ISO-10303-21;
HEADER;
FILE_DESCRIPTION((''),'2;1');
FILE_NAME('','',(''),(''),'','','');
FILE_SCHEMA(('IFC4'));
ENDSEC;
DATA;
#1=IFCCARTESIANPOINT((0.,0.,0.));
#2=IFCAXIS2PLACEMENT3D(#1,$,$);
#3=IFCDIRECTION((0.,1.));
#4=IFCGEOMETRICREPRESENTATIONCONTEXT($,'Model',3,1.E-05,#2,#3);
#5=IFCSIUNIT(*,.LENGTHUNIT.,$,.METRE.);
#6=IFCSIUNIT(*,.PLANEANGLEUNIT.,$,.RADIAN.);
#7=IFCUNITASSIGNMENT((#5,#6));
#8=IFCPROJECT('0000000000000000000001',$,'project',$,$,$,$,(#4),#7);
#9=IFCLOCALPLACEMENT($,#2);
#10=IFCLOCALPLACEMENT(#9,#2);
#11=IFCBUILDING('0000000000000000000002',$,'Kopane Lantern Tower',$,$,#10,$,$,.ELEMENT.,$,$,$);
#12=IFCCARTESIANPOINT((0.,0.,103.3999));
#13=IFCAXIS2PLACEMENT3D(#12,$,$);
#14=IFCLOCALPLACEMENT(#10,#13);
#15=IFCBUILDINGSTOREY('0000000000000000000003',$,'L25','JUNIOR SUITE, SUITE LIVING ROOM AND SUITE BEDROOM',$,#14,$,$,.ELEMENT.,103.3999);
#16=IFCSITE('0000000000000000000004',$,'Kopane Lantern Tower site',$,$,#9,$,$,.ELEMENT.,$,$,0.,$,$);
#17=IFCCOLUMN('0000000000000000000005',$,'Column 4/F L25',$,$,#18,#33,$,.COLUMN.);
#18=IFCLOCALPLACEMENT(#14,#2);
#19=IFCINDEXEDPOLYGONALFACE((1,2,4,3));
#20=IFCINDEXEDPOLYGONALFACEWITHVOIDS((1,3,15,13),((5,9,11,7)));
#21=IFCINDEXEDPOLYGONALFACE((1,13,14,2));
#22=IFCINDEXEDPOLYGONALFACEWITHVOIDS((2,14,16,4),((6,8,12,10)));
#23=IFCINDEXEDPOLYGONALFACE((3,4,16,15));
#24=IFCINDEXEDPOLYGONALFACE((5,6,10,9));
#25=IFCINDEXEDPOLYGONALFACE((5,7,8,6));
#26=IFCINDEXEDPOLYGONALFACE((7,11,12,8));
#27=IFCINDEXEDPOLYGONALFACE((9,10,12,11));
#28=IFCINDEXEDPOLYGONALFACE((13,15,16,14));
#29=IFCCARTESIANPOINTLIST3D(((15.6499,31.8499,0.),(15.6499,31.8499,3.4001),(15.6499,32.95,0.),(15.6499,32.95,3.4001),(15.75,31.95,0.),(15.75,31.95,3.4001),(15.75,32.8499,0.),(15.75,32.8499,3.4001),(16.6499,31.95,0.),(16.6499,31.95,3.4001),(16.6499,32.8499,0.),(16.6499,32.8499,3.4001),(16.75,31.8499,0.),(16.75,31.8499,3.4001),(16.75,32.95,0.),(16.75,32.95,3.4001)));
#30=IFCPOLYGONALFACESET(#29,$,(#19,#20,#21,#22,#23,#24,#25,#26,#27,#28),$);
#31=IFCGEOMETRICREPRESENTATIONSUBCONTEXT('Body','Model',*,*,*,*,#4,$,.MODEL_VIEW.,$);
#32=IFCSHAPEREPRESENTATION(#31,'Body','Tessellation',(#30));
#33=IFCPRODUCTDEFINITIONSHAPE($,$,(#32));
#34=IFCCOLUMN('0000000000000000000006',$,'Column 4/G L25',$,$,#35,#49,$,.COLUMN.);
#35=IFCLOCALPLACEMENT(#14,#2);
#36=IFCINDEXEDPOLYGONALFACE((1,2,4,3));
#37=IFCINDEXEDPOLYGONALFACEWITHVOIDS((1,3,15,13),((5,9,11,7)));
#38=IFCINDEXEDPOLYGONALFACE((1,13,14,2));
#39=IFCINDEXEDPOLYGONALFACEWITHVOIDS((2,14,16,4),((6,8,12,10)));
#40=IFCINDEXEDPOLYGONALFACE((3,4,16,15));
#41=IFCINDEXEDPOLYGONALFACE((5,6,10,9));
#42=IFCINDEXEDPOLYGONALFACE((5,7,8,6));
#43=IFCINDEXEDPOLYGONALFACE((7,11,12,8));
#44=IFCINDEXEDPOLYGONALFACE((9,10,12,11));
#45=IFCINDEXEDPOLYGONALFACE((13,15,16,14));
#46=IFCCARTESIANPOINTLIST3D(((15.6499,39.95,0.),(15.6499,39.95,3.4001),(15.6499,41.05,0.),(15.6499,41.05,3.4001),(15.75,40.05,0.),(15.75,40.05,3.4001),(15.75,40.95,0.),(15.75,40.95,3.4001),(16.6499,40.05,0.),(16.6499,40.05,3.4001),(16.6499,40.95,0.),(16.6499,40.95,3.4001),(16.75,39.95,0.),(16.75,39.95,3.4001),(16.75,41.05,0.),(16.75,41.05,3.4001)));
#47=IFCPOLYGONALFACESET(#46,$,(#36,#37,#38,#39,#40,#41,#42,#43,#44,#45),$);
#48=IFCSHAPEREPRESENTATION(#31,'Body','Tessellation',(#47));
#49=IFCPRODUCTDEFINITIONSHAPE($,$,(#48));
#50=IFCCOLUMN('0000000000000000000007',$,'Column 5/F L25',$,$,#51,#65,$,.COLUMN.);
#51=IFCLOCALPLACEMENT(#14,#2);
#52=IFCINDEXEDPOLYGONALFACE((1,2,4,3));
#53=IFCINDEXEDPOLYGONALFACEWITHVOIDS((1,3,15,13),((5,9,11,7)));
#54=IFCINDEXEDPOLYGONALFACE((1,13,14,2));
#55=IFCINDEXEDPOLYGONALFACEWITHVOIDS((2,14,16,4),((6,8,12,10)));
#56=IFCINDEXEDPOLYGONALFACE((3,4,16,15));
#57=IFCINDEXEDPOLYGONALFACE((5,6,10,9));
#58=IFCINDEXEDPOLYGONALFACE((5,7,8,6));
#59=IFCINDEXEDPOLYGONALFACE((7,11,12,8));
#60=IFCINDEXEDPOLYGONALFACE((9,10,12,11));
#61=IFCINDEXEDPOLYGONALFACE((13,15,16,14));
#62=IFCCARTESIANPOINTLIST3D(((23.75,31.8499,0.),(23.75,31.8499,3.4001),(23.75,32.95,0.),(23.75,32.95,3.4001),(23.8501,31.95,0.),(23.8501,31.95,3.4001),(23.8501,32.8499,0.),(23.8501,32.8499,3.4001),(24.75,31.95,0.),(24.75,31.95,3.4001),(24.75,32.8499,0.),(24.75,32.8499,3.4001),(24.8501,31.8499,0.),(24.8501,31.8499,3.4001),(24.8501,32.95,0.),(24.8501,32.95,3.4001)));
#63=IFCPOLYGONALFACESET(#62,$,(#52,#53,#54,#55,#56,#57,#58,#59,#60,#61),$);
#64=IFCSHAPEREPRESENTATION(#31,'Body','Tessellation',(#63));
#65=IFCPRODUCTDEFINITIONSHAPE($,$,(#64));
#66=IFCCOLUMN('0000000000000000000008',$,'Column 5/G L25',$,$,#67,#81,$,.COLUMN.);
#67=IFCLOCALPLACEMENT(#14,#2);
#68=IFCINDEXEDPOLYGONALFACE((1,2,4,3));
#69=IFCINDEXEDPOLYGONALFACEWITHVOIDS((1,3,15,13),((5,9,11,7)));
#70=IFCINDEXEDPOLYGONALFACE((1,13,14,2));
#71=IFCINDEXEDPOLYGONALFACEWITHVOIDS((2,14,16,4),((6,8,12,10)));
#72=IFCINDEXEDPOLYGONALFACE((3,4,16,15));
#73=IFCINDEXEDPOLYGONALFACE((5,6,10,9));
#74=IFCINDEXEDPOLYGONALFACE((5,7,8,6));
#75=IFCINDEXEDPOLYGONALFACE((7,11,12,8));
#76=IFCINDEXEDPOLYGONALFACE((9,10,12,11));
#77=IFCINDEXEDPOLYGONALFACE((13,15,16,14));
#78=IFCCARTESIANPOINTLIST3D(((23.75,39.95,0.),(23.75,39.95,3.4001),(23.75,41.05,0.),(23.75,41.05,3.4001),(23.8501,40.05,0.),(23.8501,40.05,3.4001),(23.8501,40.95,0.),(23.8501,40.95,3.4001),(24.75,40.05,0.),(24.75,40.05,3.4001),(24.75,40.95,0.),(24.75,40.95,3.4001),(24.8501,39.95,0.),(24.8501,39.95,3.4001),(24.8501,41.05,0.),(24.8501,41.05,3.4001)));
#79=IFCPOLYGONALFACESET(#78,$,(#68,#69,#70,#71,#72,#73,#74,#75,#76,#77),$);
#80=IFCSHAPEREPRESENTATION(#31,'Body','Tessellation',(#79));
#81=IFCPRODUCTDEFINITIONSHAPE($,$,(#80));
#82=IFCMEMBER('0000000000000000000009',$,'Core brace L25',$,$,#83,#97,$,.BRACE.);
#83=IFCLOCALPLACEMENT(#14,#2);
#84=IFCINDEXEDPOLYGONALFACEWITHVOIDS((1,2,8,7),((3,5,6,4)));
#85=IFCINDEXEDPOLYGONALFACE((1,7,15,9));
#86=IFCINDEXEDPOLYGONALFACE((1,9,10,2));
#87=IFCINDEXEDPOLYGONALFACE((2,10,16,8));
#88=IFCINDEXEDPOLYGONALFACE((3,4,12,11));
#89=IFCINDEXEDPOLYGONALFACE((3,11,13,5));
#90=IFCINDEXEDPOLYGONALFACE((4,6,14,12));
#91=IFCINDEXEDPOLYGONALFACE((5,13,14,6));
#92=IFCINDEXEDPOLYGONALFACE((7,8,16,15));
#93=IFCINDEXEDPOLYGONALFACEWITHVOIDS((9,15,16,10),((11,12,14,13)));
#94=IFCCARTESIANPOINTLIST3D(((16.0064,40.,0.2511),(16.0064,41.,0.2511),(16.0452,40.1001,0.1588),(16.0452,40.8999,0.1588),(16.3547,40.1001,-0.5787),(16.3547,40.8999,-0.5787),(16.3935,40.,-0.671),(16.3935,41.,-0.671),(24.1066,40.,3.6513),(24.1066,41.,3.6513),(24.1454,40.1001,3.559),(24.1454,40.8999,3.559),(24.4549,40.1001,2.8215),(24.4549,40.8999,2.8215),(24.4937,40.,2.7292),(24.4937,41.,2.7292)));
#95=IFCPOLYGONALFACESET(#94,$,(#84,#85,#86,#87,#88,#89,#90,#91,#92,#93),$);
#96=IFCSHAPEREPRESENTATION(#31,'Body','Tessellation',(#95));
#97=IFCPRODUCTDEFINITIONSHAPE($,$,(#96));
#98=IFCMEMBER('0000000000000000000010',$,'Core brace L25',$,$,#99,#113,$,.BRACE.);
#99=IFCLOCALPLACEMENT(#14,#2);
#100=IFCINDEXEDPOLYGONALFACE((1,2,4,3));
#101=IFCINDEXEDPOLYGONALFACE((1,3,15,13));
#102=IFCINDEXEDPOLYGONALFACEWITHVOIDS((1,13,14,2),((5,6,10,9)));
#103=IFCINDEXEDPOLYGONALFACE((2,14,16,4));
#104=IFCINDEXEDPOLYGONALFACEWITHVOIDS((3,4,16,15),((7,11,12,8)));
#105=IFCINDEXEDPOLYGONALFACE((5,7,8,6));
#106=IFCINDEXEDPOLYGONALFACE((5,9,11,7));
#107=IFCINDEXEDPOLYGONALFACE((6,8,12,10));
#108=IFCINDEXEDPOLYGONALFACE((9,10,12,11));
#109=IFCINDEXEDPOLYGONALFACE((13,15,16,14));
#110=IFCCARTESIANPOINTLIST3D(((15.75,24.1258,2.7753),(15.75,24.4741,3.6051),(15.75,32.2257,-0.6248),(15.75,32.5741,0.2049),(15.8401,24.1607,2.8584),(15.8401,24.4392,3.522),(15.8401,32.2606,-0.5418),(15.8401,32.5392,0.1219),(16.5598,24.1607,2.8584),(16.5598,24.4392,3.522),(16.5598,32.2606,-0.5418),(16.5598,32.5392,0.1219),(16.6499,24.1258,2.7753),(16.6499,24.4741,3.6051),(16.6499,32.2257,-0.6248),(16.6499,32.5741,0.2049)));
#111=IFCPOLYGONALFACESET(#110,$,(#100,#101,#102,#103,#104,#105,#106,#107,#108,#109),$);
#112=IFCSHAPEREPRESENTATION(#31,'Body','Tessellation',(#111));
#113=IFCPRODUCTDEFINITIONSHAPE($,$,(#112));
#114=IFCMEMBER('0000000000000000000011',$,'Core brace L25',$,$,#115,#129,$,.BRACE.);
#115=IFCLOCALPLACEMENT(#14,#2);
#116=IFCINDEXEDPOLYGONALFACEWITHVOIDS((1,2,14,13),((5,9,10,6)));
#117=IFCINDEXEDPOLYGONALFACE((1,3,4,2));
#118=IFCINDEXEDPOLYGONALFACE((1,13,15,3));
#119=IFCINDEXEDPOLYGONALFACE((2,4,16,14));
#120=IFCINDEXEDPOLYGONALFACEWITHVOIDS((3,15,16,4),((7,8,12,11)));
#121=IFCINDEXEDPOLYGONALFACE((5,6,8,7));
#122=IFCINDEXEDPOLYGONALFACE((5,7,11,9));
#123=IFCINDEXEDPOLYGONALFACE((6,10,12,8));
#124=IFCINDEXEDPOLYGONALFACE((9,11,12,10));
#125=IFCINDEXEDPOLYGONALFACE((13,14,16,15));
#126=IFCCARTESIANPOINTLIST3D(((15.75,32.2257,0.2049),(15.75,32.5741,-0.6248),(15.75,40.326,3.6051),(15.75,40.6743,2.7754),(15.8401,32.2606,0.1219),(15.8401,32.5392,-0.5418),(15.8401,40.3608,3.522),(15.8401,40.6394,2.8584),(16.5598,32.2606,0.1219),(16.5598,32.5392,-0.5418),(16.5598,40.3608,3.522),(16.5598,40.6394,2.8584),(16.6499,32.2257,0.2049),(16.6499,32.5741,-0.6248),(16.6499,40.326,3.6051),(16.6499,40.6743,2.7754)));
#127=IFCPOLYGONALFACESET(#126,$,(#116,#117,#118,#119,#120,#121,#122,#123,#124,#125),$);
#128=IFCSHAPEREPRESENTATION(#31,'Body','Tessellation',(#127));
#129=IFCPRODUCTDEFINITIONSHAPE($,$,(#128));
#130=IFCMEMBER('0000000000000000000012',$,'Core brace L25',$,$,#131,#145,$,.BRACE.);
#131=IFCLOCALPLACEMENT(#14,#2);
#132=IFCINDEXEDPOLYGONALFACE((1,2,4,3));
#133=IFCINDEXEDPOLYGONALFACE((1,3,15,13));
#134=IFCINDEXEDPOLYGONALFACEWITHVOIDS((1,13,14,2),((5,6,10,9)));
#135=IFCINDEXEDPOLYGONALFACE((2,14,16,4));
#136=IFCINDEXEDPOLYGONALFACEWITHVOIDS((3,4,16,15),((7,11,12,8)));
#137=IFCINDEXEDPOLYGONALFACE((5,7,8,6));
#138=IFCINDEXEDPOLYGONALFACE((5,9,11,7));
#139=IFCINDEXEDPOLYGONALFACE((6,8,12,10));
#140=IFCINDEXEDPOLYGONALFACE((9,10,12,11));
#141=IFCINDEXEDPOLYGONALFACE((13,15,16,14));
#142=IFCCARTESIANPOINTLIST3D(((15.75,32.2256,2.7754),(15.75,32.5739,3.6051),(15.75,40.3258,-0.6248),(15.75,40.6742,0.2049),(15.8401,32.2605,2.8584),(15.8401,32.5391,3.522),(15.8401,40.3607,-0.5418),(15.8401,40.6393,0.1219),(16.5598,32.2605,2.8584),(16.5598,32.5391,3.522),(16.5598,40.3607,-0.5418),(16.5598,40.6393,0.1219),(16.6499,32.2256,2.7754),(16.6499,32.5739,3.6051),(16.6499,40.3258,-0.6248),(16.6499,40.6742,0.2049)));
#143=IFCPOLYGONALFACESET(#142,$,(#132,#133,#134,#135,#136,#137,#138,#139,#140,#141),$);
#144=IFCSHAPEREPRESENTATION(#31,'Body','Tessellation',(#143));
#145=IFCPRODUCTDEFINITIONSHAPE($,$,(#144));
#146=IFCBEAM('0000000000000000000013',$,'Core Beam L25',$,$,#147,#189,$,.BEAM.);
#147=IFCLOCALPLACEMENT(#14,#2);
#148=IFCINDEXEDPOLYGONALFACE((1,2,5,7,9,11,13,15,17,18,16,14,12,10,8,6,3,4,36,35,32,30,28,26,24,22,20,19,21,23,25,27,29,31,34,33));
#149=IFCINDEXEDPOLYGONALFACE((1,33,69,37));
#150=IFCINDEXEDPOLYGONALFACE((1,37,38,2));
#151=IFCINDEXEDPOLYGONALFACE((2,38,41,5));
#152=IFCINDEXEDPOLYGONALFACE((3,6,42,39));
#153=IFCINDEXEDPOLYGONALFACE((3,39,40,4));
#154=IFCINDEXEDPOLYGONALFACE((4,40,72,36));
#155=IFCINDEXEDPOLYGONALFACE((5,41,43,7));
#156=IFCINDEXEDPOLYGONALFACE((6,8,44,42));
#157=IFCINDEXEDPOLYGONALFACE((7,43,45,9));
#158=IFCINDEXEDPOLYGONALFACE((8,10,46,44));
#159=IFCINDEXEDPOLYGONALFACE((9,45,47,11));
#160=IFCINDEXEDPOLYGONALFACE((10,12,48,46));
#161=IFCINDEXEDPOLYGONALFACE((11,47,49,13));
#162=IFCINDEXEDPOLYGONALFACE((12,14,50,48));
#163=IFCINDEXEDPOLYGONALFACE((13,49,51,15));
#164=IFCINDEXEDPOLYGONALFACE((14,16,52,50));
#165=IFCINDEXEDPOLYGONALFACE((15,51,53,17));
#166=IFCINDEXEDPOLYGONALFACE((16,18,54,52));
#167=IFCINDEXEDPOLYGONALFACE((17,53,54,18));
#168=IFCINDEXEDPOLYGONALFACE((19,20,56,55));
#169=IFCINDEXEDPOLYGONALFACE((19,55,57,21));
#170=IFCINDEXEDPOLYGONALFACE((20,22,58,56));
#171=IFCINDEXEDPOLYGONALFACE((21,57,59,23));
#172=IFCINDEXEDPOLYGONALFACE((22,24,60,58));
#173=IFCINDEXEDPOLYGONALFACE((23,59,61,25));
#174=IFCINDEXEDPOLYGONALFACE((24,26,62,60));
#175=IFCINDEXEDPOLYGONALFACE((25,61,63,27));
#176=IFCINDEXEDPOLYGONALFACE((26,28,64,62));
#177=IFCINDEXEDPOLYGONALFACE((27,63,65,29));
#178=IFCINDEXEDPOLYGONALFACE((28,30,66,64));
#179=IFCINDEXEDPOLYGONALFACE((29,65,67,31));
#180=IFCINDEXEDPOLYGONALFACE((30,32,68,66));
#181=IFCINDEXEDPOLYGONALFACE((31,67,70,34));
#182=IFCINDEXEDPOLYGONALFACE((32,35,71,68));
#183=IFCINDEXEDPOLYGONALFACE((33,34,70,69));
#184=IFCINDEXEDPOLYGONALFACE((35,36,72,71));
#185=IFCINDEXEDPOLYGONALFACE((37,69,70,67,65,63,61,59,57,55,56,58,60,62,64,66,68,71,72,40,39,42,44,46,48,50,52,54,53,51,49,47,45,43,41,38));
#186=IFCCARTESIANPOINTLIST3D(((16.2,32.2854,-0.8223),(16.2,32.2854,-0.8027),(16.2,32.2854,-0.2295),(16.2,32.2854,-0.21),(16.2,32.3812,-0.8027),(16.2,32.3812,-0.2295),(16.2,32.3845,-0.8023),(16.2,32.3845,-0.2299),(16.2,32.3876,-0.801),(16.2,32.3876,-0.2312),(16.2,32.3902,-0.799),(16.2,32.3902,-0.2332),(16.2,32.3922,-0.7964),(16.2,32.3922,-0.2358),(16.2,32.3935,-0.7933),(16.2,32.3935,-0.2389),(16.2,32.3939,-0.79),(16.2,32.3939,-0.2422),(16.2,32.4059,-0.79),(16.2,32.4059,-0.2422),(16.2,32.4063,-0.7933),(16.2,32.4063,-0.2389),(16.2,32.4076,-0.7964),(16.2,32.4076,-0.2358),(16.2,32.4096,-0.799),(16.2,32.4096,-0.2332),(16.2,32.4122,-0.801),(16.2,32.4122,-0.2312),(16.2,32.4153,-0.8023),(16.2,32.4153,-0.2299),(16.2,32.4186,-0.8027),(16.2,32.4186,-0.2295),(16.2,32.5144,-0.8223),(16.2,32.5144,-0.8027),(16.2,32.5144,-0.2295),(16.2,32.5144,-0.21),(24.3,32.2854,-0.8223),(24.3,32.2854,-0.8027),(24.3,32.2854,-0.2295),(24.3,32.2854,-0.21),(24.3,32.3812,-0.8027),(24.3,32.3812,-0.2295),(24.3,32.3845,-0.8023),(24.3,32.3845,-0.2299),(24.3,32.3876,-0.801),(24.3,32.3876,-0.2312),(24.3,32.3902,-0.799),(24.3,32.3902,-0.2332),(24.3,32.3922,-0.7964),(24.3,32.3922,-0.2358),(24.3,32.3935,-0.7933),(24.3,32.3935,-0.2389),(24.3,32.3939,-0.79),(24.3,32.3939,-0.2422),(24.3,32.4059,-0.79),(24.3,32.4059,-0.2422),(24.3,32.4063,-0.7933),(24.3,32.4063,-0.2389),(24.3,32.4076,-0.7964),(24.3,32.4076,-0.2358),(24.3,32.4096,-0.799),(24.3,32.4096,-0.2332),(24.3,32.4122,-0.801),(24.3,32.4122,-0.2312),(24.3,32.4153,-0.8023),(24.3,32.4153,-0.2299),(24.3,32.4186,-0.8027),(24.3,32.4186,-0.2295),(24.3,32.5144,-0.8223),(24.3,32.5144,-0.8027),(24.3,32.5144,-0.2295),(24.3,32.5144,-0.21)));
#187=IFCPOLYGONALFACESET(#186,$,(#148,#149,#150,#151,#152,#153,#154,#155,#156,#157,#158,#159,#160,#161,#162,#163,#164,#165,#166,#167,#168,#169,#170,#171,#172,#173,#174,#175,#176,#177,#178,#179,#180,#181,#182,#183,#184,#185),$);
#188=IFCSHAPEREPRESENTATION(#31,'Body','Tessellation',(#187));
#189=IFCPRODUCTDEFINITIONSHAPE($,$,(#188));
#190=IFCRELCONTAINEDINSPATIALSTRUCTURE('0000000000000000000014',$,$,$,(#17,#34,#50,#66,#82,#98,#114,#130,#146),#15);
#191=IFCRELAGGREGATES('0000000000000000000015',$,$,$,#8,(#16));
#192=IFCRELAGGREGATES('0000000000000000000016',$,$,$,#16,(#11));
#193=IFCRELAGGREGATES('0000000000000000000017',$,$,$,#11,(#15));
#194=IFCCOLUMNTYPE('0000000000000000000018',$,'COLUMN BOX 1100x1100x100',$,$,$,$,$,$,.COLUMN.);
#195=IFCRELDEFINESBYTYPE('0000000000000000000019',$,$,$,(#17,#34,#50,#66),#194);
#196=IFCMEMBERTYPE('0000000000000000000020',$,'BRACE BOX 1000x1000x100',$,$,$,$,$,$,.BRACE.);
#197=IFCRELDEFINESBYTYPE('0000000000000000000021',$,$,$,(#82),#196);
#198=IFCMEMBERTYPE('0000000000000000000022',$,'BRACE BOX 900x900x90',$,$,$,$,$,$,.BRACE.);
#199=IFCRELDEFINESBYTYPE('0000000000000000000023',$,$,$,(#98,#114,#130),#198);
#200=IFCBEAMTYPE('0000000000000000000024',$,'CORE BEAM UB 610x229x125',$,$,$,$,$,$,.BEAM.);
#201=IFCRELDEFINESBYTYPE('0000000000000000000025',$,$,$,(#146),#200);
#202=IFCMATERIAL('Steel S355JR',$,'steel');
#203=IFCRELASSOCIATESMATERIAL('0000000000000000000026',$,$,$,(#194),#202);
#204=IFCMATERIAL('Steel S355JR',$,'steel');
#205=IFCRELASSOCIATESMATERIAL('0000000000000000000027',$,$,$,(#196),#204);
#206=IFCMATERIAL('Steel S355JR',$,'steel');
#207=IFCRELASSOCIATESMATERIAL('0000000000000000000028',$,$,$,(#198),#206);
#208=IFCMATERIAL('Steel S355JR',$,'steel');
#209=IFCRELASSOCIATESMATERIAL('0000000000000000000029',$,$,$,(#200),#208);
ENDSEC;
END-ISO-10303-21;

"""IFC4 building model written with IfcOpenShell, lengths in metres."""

from ifc_helpers import new_model, si_unit, direction, frame, origin, origin_2d, place, context, subcontext, project, spatial, hollow_rectangle, i_section, extrude, material, material_profile, profile_set, type_object, element, save


model = new_model("IFC4")

# Units and contexts
model_context = context("Model", 3, precision=1e-05, world=origin(), true_north=direction((0.0, 1.0)))
body_context = subcontext(model_context, "Body", "Model", "MODEL_VIEW")
ifc_project = project(units=[si_unit("LENGTHUNIT", "METRE"), si_unit("PLANEANGLEUNIT", "RADIAN")], contexts=[model_context])

# Site, building, storey
site_placement = place(None, origin())
site = spatial("IfcSite", under=ifc_project, at=site_placement, Name="Kopane Lantern Tower site", CompositionType="ELEMENT", RefElevation=0.0)
building_placement = place(site_placement, origin())
building = spatial("IfcBuilding", under=site, at=building_placement, Name="Kopane Lantern Tower", CompositionType="ELEMENT")
storey_placement = place(building_placement, frame((0.0, 0.0, 103.3999)))
storey = spatial("IfcBuildingStorey", under=building, at=storey_placement, Name="L25", Description="JUNIOR SUITE, SUITE LIVING ROOM AND SUITE BEDROOM", CompositionType="ELEMENT", Elevation=103.3999)

# Columns
ifc_material_1 = material(Name="Steel S355JR", Category="steel")
ifc_material_profile_1 = material_profile(ifc_material_1, hollow_rectangle(XDim=1.1001, YDim=1.1001, WallThickness=0.1001, at=origin_2d()), Name="BOX 1100x1100x100")
ifc_profile_set_1 = profile_set([ifc_material_profile_1], Name="Steel S355JR")
column_type = type_object("IfcColumnType", Name="COLUMN BOX 1100x1100x100", PredefinedType="COLUMN", material=ifc_profile_set_1)
for number, where, z_axis, x_axis, name in (
    (1, (16.2, 32.3999, 0.0), (0.0, 0.0, 1.0), (1.0, 0.0, 0.0), "Column 4/F L25"),
    (2, (16.2, 40.5, 0.0), (0.0, 0.0, 1.0), (1.0, 0.0, 0.0), "Column 4/G L25"),
    (3, (24.3, 32.3999, 0.0), (0.0, 0.0, 1.0), (1.0, 0.0, 0.0), "Column 5/F L25"),
    (4, (24.3, 40.5, 0.0), (0.0, 0.0, 1.0), (1.0, 0.0, 0.0), "Column 5/G L25"),
):
    element("IfcColumn", number, at=place(storey_placement, frame(where, z_axis=z_axis, x_axis=x_axis)), inside=storey, type_object=column_type, Name=name, PredefinedType="COLUMN", context=body_context, shape_type="SweptSolid", body=[
        extrude(hollow_rectangle(XDim=1.1001, YDim=1.1001, WallThickness=0.1001, at=origin_2d()), origin(), (0.0, 0.0, 1.0), 3.4001),
    ])

# Members
ifc_material_2 = material(Name="Steel S355JR", Category="steel")
ifc_material_profile_2 = material_profile(ifc_material_2, hollow_rectangle(XDim=1.0, YDim=1.0, WallThickness=0.1001, at=origin_2d()), Name="BOX 1000x1000x100")
ifc_profile_set_2 = profile_set([ifc_material_profile_2], Name="Steel S355JR")
member_type_1 = type_object("IfcMemberType", Name="BRACE BOX 1000x1000x100", PredefinedType="BRACE", material=ifc_profile_set_2)
member_1_placement = place(storey_placement, frame((16.2, 40.5, -0.21), z_axis=(0.922059, 0.0, 0.387049), x_axis=(0.0, 1.0, 0.0)))
element("IfcMember", 5, at=member_1_placement, inside=storey, type_object=member_type_1, Name="Core brace L25", PredefinedType="BRACE", context=body_context, shape_type="SweptSolid", body=[
    extrude(hollow_rectangle(XDim=1.0, YDim=1.0, WallThickness=0.1001, at=origin_2d()), origin(), (0.0, 0.0, 1.0), 8.7849),
])
ifc_material_3 = material(Name="Steel S355JR", Category="steel")
ifc_material_profile_3 = material_profile(ifc_material_3, hollow_rectangle(XDim=0.8999, YDim=0.8999, WallThickness=0.0901, at=origin_2d()), Name="BOX 900x900x90")
ifc_profile_set_3 = profile_set([ifc_material_profile_3], Name="Steel S355JR")
member_type_2 = type_object("IfcMemberType", Name="BRACE BOX 900x900x90", PredefinedType="BRACE", material=ifc_profile_set_3)
member_2_placement = place(storey_placement, frame((16.2, 32.3999, -0.21), z_axis=(0.0, -0.922055, 0.387059), x_axis=(1.0, 0.0, 0.0)))
element("IfcMember", 6, at=member_2_placement, inside=storey, type_object=member_type_2, Name="Core brace L25", PredefinedType="BRACE", context=body_context, shape_type="SweptSolid", body=[
    extrude(hollow_rectangle(XDim=0.8999, YDim=0.8999, WallThickness=0.0901, at=origin_2d()), origin(), (0.0, 0.0, 1.0), 8.7847),
])
for number, where, z_axis, x_axis, name in (
    (7, (16.2, 32.3999, -0.21), (0.0, 0.922059, 0.387049), (-1.0, 0.0, 0.0), "Core brace L25"),
    (8, (16.2, 40.5, -0.21), (0.0, -0.922059, 0.387049), (1.0, 0.0, 0.0), "Core brace L25"),
):
    element("IfcMember", number, at=place(storey_placement, frame(where, z_axis=z_axis, x_axis=x_axis)), inside=storey, type_object=member_type_2, Name=name, PredefinedType="BRACE", context=body_context, shape_type="SweptSolid", body=[
        extrude(hollow_rectangle(XDim=0.8999, YDim=0.8999, WallThickness=0.0901, at=origin_2d()), origin(), (0.0, 0.0, 1.0), 8.7849),
    ])

# Beam
ifc_material_4 = material(Name="Steel S355JR", Category="steel")
ifc_material_profile_4 = material_profile(ifc_material_4, i_section(OverallWidth=0.229, OverallDepth=0.6123, WebThickness=0.012, FlangeThickness=0.0195, FilletRadius=0.0127, at=origin_2d()), Name="UB 610x229x125")
ifc_profile_set_4 = profile_set([ifc_material_profile_4], Name="Steel S355JR")
beam_type_1 = type_object("IfcBeamType", Name="CORE BEAM UB 610x229x125", PredefinedType="BEAM", material=ifc_profile_set_4)
for number, where, z_axis, x_axis, name in (
    (9, (16.2, 32.3999, -0.5161), (1.0, 0.0, 0.0), (0.0, 1.0, 0.0), "Core Beam L25"),
):
    element("IfcBeam", number, at=place(storey_placement, frame(where, z_axis=z_axis, x_axis=x_axis)), inside=storey, type_object=beam_type_1, Name=name, PredefinedType="BEAM", context=body_context, shape_type="SweptSolid", body=[
        extrude(i_section(OverallWidth=0.229, OverallDepth=0.6123, WebThickness=0.012, FlangeThickness=0.0195, FilletRadius=0.0127, at=origin_2d()), origin(), (0.0, 0.0, 1.0), 8.1001),
    ])

save(model, "model.ifc")
